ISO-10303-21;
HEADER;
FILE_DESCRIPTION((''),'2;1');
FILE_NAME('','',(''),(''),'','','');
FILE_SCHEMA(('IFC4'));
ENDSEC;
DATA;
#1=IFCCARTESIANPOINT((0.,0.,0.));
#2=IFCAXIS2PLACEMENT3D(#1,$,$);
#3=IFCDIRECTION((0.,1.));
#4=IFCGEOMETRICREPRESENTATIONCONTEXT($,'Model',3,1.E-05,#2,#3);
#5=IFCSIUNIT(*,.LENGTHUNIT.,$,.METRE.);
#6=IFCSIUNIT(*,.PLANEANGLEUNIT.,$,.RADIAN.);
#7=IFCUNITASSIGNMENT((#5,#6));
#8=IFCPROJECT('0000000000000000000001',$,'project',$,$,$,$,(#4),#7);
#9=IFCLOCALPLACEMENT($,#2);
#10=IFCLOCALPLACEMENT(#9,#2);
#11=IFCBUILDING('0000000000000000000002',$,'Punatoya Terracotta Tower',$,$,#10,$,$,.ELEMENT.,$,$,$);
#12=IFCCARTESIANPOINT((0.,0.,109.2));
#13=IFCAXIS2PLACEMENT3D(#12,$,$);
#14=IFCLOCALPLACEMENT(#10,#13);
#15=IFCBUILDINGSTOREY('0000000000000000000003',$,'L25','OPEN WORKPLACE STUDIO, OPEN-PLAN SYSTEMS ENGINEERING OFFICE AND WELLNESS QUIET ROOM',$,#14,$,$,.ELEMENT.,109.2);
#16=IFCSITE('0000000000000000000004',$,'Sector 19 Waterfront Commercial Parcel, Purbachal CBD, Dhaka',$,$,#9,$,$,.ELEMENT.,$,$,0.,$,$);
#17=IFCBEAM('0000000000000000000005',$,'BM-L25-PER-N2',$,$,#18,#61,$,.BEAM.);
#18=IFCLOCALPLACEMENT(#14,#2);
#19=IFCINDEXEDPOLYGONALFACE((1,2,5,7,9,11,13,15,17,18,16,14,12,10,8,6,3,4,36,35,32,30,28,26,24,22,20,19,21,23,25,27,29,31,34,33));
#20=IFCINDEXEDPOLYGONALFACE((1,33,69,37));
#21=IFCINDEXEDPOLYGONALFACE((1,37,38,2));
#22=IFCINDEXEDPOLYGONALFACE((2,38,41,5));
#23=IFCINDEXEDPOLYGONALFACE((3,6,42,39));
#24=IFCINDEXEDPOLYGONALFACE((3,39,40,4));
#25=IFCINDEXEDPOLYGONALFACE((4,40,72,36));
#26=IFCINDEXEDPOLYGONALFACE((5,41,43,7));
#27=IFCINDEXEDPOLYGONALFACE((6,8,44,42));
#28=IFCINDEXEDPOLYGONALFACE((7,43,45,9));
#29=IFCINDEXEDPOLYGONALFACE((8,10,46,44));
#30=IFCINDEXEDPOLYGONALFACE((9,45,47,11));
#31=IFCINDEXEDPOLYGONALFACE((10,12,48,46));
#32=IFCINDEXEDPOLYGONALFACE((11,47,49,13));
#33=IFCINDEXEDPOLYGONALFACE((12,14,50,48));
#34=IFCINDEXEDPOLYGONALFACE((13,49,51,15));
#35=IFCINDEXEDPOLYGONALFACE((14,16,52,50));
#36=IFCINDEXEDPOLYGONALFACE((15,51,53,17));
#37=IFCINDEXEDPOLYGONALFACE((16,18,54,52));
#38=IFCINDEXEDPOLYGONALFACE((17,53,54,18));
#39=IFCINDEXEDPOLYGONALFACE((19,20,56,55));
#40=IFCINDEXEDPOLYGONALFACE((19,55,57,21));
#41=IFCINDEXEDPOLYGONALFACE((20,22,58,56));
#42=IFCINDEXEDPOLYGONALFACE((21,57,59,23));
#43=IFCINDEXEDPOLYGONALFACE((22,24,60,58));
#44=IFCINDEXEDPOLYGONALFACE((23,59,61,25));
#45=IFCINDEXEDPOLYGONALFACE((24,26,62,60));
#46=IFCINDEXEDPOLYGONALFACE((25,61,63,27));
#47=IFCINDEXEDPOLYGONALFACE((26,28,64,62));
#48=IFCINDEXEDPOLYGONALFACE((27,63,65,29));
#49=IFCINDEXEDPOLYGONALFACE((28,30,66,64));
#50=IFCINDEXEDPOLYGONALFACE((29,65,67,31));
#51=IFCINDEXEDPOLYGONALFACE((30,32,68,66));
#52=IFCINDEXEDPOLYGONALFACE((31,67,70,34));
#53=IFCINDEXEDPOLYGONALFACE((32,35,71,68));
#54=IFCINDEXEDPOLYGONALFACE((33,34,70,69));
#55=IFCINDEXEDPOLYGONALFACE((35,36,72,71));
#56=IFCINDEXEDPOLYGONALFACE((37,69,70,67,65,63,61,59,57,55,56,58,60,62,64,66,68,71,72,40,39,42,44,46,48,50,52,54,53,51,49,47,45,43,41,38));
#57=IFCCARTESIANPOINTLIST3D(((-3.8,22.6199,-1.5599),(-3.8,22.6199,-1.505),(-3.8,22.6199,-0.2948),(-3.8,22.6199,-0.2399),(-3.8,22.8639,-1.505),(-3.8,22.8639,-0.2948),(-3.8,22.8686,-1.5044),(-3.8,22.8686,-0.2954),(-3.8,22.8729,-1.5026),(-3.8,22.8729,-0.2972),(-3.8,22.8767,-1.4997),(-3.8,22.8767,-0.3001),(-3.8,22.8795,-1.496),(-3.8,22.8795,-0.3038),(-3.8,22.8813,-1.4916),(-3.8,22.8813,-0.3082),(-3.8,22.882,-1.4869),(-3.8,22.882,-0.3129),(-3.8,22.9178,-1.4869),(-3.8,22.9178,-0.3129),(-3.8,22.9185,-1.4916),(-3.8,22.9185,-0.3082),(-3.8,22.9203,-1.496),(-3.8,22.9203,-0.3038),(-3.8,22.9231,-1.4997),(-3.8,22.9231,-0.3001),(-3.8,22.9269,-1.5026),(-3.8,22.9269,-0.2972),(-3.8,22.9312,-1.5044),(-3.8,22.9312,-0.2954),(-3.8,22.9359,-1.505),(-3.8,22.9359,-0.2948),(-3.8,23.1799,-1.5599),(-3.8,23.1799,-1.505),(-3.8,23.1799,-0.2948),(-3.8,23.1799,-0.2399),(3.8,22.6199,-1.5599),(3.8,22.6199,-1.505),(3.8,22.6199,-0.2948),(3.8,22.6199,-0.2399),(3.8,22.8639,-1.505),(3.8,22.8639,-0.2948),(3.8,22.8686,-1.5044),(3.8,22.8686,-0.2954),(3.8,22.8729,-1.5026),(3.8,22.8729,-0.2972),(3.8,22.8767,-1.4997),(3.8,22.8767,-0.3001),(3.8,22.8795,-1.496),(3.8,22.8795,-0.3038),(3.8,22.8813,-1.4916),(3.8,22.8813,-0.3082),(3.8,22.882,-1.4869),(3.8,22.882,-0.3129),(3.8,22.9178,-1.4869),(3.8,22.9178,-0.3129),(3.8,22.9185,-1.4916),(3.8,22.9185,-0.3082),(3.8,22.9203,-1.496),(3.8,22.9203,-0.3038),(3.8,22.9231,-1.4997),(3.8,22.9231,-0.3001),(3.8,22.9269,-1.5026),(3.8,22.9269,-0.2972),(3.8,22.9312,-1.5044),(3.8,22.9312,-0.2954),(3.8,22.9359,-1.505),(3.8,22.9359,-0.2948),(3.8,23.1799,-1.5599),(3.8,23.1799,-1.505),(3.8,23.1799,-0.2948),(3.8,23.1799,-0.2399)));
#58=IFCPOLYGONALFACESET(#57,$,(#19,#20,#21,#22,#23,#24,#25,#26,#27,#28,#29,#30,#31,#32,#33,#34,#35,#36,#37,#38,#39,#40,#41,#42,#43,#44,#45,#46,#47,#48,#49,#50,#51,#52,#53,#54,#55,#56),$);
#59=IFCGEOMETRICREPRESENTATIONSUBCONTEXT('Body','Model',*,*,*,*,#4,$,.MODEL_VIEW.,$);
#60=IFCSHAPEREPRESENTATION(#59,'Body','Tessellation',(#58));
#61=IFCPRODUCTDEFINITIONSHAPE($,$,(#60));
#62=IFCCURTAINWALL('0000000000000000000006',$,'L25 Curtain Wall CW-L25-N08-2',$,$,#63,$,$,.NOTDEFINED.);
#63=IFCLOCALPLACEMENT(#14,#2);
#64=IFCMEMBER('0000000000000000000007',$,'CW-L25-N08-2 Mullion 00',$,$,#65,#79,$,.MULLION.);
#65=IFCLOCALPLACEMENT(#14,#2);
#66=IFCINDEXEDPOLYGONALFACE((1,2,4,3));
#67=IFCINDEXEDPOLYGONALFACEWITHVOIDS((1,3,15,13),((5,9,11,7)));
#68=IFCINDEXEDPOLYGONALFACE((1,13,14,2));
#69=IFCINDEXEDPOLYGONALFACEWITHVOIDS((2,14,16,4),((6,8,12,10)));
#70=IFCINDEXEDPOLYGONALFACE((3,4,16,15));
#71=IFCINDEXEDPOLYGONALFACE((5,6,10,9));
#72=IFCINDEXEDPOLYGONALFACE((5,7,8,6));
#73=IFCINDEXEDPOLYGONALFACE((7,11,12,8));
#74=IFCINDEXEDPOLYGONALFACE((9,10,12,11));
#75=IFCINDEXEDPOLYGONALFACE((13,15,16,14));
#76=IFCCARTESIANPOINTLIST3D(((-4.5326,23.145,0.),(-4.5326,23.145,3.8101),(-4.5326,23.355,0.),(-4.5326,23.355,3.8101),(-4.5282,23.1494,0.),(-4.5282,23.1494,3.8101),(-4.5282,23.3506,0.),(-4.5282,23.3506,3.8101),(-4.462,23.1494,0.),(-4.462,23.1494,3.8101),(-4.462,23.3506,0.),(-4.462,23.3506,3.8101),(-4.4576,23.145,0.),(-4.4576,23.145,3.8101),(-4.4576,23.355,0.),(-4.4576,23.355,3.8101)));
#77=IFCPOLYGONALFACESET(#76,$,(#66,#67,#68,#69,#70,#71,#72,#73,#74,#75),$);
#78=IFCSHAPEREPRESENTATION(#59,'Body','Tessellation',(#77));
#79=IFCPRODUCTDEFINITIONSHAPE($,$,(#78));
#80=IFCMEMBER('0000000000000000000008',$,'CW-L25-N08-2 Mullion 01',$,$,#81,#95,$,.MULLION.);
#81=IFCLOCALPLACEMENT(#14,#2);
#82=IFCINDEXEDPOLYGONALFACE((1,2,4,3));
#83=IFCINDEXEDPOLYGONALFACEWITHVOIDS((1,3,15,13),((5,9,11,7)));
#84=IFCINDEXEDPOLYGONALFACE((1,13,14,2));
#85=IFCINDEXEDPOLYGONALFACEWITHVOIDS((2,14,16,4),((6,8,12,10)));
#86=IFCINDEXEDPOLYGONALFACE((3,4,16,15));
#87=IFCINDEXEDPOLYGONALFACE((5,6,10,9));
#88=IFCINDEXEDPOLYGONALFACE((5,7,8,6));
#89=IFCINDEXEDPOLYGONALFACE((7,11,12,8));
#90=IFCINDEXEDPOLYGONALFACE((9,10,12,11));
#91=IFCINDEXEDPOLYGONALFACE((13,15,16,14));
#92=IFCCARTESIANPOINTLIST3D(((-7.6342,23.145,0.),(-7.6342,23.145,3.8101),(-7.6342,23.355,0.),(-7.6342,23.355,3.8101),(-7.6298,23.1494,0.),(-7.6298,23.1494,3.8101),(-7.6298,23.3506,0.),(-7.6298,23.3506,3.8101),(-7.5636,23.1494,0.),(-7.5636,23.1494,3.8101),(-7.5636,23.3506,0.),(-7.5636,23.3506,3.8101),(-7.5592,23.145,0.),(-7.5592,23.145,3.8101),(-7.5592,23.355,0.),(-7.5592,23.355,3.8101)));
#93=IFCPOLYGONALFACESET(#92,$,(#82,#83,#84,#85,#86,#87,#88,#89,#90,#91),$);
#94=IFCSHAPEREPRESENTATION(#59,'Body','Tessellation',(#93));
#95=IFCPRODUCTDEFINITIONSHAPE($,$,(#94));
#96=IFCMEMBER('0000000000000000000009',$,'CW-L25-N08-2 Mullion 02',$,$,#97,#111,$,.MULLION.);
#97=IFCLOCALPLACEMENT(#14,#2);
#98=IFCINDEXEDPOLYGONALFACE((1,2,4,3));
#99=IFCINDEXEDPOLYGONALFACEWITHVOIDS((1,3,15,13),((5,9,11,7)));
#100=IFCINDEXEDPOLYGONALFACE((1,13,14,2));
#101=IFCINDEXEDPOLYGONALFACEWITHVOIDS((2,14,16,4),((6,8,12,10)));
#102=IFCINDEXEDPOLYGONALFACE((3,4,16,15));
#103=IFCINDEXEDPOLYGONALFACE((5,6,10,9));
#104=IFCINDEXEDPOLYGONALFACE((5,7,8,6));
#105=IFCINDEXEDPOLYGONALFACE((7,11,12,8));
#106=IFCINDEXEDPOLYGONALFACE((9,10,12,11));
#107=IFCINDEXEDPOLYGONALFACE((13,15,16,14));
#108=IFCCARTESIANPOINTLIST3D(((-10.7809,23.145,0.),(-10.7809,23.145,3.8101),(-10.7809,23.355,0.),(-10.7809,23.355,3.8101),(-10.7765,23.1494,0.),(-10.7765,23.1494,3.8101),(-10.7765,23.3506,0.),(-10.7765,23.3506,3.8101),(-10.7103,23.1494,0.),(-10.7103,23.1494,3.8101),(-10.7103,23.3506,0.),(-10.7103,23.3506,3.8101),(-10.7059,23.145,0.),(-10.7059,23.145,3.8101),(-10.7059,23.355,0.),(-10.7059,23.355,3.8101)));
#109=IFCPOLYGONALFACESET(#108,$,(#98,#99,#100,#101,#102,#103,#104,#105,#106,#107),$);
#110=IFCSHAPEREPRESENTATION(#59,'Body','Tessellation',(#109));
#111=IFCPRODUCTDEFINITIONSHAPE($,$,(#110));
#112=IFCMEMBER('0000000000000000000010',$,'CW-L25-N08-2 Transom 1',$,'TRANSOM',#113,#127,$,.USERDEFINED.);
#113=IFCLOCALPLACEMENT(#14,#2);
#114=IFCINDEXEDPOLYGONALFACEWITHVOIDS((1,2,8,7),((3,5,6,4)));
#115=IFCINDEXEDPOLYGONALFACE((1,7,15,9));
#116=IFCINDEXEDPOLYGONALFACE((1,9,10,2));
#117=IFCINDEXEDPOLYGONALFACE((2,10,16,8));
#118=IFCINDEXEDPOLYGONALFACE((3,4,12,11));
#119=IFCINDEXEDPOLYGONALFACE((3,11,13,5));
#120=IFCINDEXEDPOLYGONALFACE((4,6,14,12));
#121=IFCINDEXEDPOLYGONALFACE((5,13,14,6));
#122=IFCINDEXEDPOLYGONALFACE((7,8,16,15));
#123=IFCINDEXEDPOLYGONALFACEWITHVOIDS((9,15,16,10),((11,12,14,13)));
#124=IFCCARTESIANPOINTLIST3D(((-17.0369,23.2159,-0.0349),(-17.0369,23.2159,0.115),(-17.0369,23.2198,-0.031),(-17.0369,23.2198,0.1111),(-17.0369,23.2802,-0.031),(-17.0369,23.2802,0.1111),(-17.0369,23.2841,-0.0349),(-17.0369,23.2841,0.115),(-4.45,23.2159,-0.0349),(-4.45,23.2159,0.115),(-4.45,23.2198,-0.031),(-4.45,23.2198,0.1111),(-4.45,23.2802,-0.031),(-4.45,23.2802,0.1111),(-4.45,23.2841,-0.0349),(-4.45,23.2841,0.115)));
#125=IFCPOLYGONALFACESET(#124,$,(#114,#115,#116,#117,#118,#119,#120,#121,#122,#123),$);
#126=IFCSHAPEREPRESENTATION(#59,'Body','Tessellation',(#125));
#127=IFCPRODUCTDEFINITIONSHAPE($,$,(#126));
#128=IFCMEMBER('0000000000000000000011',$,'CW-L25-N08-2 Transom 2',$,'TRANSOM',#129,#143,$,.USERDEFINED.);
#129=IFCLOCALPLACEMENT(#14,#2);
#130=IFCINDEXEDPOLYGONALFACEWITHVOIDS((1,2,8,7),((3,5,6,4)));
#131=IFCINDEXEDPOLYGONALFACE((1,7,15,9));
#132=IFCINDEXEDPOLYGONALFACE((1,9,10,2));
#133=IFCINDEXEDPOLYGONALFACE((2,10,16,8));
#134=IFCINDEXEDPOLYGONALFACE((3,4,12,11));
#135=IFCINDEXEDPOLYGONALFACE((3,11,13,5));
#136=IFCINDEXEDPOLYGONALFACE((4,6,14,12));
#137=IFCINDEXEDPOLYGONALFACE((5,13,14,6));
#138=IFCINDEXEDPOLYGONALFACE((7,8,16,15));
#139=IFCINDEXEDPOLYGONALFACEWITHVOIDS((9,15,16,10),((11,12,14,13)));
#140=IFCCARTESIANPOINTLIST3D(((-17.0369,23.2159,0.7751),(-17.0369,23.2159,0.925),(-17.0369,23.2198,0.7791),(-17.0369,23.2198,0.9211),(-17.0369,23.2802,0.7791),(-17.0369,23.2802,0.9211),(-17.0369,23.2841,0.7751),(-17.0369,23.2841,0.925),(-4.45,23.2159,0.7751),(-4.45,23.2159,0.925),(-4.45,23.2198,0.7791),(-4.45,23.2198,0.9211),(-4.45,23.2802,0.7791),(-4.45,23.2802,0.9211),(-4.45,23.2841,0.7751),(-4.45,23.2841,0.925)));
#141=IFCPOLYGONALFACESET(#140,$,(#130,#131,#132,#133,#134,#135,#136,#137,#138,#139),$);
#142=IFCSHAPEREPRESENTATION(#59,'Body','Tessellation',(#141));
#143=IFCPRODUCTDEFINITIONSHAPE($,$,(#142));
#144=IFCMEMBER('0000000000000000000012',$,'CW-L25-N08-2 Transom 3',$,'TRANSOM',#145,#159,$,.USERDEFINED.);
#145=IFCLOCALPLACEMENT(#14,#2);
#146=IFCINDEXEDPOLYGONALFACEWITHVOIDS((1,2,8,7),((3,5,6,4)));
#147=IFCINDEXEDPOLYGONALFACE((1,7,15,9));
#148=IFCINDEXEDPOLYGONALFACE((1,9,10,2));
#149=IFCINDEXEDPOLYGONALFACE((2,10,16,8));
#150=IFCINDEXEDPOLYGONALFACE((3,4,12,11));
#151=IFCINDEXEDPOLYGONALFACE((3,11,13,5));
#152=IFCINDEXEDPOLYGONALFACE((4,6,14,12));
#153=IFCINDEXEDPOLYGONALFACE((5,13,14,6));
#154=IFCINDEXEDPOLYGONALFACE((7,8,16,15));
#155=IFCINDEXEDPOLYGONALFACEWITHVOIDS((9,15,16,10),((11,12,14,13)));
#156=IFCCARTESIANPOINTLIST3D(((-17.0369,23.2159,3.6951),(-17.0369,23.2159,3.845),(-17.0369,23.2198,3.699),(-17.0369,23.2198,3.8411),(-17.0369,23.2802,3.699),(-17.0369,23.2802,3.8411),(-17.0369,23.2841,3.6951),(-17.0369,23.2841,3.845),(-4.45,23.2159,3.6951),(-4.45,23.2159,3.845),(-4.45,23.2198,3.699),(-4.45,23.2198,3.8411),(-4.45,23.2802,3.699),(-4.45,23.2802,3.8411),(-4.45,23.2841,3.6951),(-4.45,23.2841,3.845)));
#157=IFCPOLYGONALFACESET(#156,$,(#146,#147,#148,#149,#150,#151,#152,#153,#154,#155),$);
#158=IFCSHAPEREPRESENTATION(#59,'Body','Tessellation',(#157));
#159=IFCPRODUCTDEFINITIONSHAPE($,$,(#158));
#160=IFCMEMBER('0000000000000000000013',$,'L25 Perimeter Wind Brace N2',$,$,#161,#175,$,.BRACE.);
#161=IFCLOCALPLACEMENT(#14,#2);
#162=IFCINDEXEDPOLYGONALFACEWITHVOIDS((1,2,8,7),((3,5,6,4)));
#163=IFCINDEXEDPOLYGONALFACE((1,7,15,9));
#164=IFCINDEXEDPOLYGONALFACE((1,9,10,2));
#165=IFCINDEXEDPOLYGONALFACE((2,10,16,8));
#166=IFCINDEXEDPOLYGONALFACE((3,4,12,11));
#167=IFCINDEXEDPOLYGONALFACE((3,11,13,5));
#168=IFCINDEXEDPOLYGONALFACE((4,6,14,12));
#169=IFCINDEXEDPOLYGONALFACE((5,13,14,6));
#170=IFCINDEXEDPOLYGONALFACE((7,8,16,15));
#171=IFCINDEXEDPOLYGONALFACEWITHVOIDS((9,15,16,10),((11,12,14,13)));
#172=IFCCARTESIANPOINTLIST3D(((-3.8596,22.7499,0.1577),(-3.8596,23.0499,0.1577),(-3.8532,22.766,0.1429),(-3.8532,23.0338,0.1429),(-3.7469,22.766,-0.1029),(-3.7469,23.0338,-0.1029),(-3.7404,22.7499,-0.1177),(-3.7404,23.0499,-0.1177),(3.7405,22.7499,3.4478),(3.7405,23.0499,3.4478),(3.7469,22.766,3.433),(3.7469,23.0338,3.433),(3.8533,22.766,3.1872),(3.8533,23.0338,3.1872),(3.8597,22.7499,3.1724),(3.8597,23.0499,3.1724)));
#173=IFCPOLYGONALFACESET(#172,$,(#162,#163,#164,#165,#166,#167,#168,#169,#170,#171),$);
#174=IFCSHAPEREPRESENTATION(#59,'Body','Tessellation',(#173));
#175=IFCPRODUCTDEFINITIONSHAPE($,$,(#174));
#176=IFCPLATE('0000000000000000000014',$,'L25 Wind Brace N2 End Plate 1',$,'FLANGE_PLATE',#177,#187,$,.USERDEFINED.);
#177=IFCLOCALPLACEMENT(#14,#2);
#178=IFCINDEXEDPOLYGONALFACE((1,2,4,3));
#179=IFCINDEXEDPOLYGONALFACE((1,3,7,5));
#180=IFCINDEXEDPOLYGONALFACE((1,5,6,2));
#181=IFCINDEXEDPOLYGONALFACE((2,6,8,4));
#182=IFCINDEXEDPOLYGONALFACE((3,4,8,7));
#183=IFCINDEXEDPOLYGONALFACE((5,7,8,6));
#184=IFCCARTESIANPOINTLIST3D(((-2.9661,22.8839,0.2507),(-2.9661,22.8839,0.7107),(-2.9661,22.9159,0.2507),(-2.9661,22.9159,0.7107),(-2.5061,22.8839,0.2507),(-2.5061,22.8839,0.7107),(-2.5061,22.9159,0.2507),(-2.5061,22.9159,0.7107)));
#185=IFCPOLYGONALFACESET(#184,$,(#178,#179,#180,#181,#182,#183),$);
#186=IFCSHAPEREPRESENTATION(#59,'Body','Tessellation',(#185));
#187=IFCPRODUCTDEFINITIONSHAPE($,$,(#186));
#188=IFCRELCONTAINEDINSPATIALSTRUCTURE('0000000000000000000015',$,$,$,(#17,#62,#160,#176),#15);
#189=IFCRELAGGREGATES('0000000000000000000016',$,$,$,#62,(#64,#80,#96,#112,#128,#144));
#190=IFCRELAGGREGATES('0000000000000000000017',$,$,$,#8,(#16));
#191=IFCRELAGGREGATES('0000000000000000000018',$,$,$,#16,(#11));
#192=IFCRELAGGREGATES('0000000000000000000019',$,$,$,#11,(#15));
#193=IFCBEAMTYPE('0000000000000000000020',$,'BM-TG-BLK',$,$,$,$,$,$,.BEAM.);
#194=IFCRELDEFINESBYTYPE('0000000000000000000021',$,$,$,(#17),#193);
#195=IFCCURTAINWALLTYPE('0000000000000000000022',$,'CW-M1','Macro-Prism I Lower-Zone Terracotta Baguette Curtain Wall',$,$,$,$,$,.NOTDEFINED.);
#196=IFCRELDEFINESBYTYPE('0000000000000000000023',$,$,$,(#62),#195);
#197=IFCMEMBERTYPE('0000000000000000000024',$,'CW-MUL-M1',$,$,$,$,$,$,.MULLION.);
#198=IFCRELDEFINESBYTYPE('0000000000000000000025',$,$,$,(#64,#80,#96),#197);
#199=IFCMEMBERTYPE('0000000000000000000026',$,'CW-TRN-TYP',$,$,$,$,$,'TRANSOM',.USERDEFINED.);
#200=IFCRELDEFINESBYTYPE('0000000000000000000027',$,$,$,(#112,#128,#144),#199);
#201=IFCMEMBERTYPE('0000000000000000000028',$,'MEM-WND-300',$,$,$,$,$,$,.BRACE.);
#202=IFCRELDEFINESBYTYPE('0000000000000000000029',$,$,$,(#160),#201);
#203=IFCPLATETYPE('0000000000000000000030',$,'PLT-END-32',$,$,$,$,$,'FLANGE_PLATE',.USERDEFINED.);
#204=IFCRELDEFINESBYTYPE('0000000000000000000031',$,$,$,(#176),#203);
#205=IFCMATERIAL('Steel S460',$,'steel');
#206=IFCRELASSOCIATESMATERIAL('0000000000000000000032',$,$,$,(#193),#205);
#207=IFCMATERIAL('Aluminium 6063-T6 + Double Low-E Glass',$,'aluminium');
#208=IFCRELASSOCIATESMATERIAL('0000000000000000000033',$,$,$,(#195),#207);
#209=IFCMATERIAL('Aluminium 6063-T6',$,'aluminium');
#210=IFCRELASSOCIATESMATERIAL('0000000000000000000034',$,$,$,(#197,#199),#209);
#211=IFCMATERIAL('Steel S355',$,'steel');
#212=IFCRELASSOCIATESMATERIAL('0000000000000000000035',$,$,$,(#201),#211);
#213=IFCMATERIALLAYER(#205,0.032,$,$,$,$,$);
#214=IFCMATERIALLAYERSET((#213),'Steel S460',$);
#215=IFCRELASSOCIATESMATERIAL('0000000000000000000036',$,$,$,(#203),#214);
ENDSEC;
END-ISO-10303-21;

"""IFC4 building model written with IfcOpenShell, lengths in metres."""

from ifc_helpers import new_model, si_unit, direction, frame, origin, origin_2d, place, context, subcontext, project, spatial, rectangle, hollow_rectangle, i_section, extrude, material, layer, layer_set, material_profile, profile_set, type_object, element, aggregate, save


model = new_model("IFC4")

# Units and contexts
model_context = context("Model", 3, precision=1e-05, world=origin(), true_north=direction((0.0, 1.0)))
body_context = subcontext(model_context, "Body", "Model", "MODEL_VIEW")
ifc_project = project(units=[si_unit("LENGTHUNIT", "METRE"), si_unit("PLANEANGLEUNIT", "RADIAN")], contexts=[model_context])

# Site, building, storey
site_placement = place(None, origin())
site = spatial("IfcSite", under=ifc_project, at=site_placement, Name="Sector 19 Waterfront Commercial Parcel, Purbachal CBD, Dhaka", CompositionType="ELEMENT", RefElevation=0.0)
building_placement = place(site_placement, origin())
building = spatial("IfcBuilding", under=site, at=building_placement, Name="Punatoya Terracotta Tower", CompositionType="ELEMENT")
storey_placement = place(building_placement, frame((0.0, 0.0, 109.2)))
storey = spatial("IfcBuildingStorey", under=building, at=storey_placement, Name="L25", Description="OPEN WORKPLACE STUDIO, OPEN-PLAN SYSTEMS ENGINEERING OFFICE AND WELLNESS QUIET ROOM", CompositionType="ELEMENT", Elevation=109.2)

# Shared definitions
ifc_material_1 = material(Name="Steel S460", Category="steel")

# Beam
ifc_material_profile_1 = material_profile(ifc_material_1, i_section(OverallWidth=0.5601, OverallDepth=1.3201, WebThickness=0.0359, FlangeThickness=0.0549, FilletRadius=0.0181, at=origin_2d()))
ifc_profile_set_1 = profile_set([ifc_material_profile_1], Name="Steel S460")
beam_type = type_object("IfcBeamType", Name="BM-TG-BLK", PredefinedType="BEAM", material=ifc_profile_set_1)
beam_1_placement = place(storey_placement, frame((-3.8, 22.8999, -0.8999), z_axis=(1.0, 0.0, 0.0), x_axis=(0.0, 1.0, 0.0)))
element("IfcBeam", 1, at=beam_1_placement, inside=storey, type_object=beam_type, Name="BM-L25-PER-N2", PredefinedType="BEAM", context=body_context, shape_type="SweptSolid", body=[
    extrude(i_section(OverallWidth=0.5601, OverallDepth=1.3201, WebThickness=0.0359, FlangeThickness=0.0549, FilletRadius=0.0181, at=origin_2d()), origin(), (0.0, 0.0, 1.0), 7.6001),
])

# Curtain wall, members
ifc_material_2 = material(Name="Aluminium 6063-T6 + Double Low-E Glass", Category="aluminium")
curtain_wall_type = type_object("IfcCurtainWallType", Name="CW-M1", Description="Macro-Prism I Lower-Zone Terracotta Baguette Curtain Wall", PredefinedType="NOTDEFINED", material=ifc_material_2)
curtain_wall_placement = place(storey_placement, origin())
curtain_wall = element("IfcCurtainWall", 2, at=curtain_wall_placement, inside=storey, type_object=curtain_wall_type, Name="L25 Curtain Wall CW-L25-N08-2", PredefinedType="NOTDEFINED")
ifc_material_3 = material(Name="Aluminium 6063-T6", Category="aluminium")
ifc_material_profile_2 = material_profile(ifc_material_3, hollow_rectangle(XDim=0.075, YDim=0.21, WallThickness=0.0044, at=origin_2d()))
ifc_profile_set_2 = profile_set([ifc_material_profile_2], Name="Aluminium 6063-T6")
member_type_1 = type_object("IfcMemberType", Name="CW-MUL-M1", PredefinedType="MULLION", material=ifc_profile_set_2)
member_1_placement = place(storey_placement, frame((-4.4951, 23.25, 0.0), z_axis=(0.0, 0.0, 1.0), x_axis=(1.0, 0.0, 0.0)))
member_1 = element("IfcMember", 3, at=member_1_placement, type_object=member_type_1, Name="CW-L25-N08-2 Mullion 00", PredefinedType="MULLION", context=body_context, shape_type="SweptSolid", body=[
    extrude(hollow_rectangle(XDim=0.075, YDim=0.21, WallThickness=0.0044, at=origin_2d()), origin(), (0.0, 0.0, 1.0), 3.8101),
])
member_2_placement = place(storey_placement, frame((-7.5967, 23.25, 0.0), z_axis=(0.0, 0.0, 1.0), x_axis=(1.0, 0.0, 0.0)))
member_2 = element("IfcMember", 4, at=member_2_placement, type_object=member_type_1, Name="CW-L25-N08-2 Mullion 01", PredefinedType="MULLION", context=body_context, shape_type="SweptSolid", body=[
    extrude(hollow_rectangle(XDim=0.075, YDim=0.21, WallThickness=0.0044, at=origin_2d()), origin(), (0.0, 0.0, 1.0), 3.8101),
])
member_3_placement = place(storey_placement, frame((-10.7434, 23.25, 0.0), z_axis=(0.0, 0.0, 1.0), x_axis=(1.0, 0.0, 0.0)))
member_3 = element("IfcMember", 5, at=member_3_placement, type_object=member_type_1, Name="CW-L25-N08-2 Mullion 02", PredefinedType="MULLION", context=body_context, shape_type="SweptSolid", body=[
    extrude(hollow_rectangle(XDim=0.075, YDim=0.21, WallThickness=0.0044, at=origin_2d()), origin(), (0.0, 0.0, 1.0), 3.8101),
])
ifc_material_profile_3 = material_profile(ifc_material_3, hollow_rectangle(XDim=0.0681, YDim=0.1499, WallThickness=0.0039, at=origin_2d()))
ifc_profile_set_3 = profile_set([ifc_material_profile_3], Name="Aluminium 6063-T6")
member_type_2 = type_object("IfcMemberType", Name="CW-TRN-TYP", ElementType="TRANSOM", PredefinedType="USERDEFINED", material=ifc_profile_set_3)
member_4_placement = place(storey_placement, frame((-4.45, 23.25, 0.04), z_axis=(-1.0, 0.0, 0.0), x_axis=(0.0, -1.0, 0.0)))
member_4 = element("IfcMember", 6, at=member_4_placement, type_object=member_type_2, Name="CW-L25-N08-2 Transom 1", ObjectType="TRANSOM", PredefinedType="USERDEFINED", context=body_context, shape_type="SweptSolid", body=[
    extrude(hollow_rectangle(XDim=0.0681, YDim=0.1499, WallThickness=0.0039, at=origin_2d()), origin(), (0.0, 0.0, 1.0), 12.5869),
])
member_5_placement = place(storey_placement, frame((-4.45, 23.25, 0.8501), z_axis=(-1.0, 0.0, 0.0), x_axis=(0.0, -1.0, 0.0)))
member_5 = element("IfcMember", 7, at=member_5_placement, type_object=member_type_2, Name="CW-L25-N08-2 Transom 2", ObjectType="TRANSOM", PredefinedType="USERDEFINED", context=body_context, shape_type="SweptSolid", body=[
    extrude(hollow_rectangle(XDim=0.0681, YDim=0.1499, WallThickness=0.0039, at=origin_2d()), origin(), (0.0, 0.0, 1.0), 12.5869),
])
member_6_placement = place(storey_placement, frame((-4.45, 23.25, 3.77), z_axis=(-1.0, 0.0, 0.0), x_axis=(0.0, -1.0, 0.0)))
member_6 = element("IfcMember", 8, at=member_6_placement, type_object=member_type_2, Name="CW-L25-N08-2 Transom 3", ObjectType="TRANSOM", PredefinedType="USERDEFINED", context=body_context, shape_type="SweptSolid", body=[
    extrude(hollow_rectangle(XDim=0.0681, YDim=0.1499, WallThickness=0.0039, at=origin_2d()), origin(), (0.0, 0.0, 1.0), 12.5869),
])

# Member
ifc_material_4 = material(Name="Steel S355", Category="steel")
ifc_material_profile_4 = material_profile(ifc_material_4, hollow_rectangle(XDim=0.3, YDim=0.3, WallThickness=0.0161, at=origin_2d()))
ifc_profile_set_4 = profile_set([ifc_material_profile_4], Name="Steel S355")
member_type_3 = type_object("IfcMemberType", Name="MEM-WND-300", PredefinedType="BRACE", material=ifc_profile_set_4)
member_7_placement = place(storey_placement, frame((-3.8, 22.8999, 0.02), z_axis=(0.917703, 0.0, 0.397268), x_axis=(0.0, 1.0, 0.0)))
element("IfcMember", 9, at=member_7_placement, inside=storey, type_object=member_type_3, Name="L25 Perimeter Wind Brace N2", PredefinedType="BRACE", context=body_context, shape_type="SweptSolid", body=[
    extrude(hollow_rectangle(XDim=0.3, YDim=0.3, WallThickness=0.0161, at=origin_2d()), origin(), (0.0, 0.0, 1.0), 8.2817),
])

# Plate
ifc_layer_1 = layer(ifc_material_1, 0.032)
ifc_layer_set_1 = layer_set([ifc_layer_1], Name="Steel S460")
plate_type_1 = type_object("IfcPlateType", Name="PLT-END-32", ElementType="FLANGE_PLATE", PredefinedType="USERDEFINED", material=ifc_layer_set_1)
plate_1_placement = place(storey_placement, frame((-2.7361, 22.8999, 0.2507), z_axis=(0.0, 0.0, 1.0), x_axis=(1.0, 0.0, 0.0)))
element("IfcPlate", 10, at=plate_1_placement, inside=storey, type_object=plate_type_1, Name="L25 Wind Brace N2 End Plate 1", ObjectType="FLANGE_PLATE", PredefinedType="USERDEFINED", context=body_context, shape_type="SweptSolid", body=[
    extrude(rectangle(XDim=0.46, YDim=0.032, at=origin_2d()), origin(), (0.0, 0.0, 1.0), 0.46),
])
aggregate(curtain_wall, [member_1, member_2, member_3, member_4, member_5, member_6])

save(model, "model.ifc")
